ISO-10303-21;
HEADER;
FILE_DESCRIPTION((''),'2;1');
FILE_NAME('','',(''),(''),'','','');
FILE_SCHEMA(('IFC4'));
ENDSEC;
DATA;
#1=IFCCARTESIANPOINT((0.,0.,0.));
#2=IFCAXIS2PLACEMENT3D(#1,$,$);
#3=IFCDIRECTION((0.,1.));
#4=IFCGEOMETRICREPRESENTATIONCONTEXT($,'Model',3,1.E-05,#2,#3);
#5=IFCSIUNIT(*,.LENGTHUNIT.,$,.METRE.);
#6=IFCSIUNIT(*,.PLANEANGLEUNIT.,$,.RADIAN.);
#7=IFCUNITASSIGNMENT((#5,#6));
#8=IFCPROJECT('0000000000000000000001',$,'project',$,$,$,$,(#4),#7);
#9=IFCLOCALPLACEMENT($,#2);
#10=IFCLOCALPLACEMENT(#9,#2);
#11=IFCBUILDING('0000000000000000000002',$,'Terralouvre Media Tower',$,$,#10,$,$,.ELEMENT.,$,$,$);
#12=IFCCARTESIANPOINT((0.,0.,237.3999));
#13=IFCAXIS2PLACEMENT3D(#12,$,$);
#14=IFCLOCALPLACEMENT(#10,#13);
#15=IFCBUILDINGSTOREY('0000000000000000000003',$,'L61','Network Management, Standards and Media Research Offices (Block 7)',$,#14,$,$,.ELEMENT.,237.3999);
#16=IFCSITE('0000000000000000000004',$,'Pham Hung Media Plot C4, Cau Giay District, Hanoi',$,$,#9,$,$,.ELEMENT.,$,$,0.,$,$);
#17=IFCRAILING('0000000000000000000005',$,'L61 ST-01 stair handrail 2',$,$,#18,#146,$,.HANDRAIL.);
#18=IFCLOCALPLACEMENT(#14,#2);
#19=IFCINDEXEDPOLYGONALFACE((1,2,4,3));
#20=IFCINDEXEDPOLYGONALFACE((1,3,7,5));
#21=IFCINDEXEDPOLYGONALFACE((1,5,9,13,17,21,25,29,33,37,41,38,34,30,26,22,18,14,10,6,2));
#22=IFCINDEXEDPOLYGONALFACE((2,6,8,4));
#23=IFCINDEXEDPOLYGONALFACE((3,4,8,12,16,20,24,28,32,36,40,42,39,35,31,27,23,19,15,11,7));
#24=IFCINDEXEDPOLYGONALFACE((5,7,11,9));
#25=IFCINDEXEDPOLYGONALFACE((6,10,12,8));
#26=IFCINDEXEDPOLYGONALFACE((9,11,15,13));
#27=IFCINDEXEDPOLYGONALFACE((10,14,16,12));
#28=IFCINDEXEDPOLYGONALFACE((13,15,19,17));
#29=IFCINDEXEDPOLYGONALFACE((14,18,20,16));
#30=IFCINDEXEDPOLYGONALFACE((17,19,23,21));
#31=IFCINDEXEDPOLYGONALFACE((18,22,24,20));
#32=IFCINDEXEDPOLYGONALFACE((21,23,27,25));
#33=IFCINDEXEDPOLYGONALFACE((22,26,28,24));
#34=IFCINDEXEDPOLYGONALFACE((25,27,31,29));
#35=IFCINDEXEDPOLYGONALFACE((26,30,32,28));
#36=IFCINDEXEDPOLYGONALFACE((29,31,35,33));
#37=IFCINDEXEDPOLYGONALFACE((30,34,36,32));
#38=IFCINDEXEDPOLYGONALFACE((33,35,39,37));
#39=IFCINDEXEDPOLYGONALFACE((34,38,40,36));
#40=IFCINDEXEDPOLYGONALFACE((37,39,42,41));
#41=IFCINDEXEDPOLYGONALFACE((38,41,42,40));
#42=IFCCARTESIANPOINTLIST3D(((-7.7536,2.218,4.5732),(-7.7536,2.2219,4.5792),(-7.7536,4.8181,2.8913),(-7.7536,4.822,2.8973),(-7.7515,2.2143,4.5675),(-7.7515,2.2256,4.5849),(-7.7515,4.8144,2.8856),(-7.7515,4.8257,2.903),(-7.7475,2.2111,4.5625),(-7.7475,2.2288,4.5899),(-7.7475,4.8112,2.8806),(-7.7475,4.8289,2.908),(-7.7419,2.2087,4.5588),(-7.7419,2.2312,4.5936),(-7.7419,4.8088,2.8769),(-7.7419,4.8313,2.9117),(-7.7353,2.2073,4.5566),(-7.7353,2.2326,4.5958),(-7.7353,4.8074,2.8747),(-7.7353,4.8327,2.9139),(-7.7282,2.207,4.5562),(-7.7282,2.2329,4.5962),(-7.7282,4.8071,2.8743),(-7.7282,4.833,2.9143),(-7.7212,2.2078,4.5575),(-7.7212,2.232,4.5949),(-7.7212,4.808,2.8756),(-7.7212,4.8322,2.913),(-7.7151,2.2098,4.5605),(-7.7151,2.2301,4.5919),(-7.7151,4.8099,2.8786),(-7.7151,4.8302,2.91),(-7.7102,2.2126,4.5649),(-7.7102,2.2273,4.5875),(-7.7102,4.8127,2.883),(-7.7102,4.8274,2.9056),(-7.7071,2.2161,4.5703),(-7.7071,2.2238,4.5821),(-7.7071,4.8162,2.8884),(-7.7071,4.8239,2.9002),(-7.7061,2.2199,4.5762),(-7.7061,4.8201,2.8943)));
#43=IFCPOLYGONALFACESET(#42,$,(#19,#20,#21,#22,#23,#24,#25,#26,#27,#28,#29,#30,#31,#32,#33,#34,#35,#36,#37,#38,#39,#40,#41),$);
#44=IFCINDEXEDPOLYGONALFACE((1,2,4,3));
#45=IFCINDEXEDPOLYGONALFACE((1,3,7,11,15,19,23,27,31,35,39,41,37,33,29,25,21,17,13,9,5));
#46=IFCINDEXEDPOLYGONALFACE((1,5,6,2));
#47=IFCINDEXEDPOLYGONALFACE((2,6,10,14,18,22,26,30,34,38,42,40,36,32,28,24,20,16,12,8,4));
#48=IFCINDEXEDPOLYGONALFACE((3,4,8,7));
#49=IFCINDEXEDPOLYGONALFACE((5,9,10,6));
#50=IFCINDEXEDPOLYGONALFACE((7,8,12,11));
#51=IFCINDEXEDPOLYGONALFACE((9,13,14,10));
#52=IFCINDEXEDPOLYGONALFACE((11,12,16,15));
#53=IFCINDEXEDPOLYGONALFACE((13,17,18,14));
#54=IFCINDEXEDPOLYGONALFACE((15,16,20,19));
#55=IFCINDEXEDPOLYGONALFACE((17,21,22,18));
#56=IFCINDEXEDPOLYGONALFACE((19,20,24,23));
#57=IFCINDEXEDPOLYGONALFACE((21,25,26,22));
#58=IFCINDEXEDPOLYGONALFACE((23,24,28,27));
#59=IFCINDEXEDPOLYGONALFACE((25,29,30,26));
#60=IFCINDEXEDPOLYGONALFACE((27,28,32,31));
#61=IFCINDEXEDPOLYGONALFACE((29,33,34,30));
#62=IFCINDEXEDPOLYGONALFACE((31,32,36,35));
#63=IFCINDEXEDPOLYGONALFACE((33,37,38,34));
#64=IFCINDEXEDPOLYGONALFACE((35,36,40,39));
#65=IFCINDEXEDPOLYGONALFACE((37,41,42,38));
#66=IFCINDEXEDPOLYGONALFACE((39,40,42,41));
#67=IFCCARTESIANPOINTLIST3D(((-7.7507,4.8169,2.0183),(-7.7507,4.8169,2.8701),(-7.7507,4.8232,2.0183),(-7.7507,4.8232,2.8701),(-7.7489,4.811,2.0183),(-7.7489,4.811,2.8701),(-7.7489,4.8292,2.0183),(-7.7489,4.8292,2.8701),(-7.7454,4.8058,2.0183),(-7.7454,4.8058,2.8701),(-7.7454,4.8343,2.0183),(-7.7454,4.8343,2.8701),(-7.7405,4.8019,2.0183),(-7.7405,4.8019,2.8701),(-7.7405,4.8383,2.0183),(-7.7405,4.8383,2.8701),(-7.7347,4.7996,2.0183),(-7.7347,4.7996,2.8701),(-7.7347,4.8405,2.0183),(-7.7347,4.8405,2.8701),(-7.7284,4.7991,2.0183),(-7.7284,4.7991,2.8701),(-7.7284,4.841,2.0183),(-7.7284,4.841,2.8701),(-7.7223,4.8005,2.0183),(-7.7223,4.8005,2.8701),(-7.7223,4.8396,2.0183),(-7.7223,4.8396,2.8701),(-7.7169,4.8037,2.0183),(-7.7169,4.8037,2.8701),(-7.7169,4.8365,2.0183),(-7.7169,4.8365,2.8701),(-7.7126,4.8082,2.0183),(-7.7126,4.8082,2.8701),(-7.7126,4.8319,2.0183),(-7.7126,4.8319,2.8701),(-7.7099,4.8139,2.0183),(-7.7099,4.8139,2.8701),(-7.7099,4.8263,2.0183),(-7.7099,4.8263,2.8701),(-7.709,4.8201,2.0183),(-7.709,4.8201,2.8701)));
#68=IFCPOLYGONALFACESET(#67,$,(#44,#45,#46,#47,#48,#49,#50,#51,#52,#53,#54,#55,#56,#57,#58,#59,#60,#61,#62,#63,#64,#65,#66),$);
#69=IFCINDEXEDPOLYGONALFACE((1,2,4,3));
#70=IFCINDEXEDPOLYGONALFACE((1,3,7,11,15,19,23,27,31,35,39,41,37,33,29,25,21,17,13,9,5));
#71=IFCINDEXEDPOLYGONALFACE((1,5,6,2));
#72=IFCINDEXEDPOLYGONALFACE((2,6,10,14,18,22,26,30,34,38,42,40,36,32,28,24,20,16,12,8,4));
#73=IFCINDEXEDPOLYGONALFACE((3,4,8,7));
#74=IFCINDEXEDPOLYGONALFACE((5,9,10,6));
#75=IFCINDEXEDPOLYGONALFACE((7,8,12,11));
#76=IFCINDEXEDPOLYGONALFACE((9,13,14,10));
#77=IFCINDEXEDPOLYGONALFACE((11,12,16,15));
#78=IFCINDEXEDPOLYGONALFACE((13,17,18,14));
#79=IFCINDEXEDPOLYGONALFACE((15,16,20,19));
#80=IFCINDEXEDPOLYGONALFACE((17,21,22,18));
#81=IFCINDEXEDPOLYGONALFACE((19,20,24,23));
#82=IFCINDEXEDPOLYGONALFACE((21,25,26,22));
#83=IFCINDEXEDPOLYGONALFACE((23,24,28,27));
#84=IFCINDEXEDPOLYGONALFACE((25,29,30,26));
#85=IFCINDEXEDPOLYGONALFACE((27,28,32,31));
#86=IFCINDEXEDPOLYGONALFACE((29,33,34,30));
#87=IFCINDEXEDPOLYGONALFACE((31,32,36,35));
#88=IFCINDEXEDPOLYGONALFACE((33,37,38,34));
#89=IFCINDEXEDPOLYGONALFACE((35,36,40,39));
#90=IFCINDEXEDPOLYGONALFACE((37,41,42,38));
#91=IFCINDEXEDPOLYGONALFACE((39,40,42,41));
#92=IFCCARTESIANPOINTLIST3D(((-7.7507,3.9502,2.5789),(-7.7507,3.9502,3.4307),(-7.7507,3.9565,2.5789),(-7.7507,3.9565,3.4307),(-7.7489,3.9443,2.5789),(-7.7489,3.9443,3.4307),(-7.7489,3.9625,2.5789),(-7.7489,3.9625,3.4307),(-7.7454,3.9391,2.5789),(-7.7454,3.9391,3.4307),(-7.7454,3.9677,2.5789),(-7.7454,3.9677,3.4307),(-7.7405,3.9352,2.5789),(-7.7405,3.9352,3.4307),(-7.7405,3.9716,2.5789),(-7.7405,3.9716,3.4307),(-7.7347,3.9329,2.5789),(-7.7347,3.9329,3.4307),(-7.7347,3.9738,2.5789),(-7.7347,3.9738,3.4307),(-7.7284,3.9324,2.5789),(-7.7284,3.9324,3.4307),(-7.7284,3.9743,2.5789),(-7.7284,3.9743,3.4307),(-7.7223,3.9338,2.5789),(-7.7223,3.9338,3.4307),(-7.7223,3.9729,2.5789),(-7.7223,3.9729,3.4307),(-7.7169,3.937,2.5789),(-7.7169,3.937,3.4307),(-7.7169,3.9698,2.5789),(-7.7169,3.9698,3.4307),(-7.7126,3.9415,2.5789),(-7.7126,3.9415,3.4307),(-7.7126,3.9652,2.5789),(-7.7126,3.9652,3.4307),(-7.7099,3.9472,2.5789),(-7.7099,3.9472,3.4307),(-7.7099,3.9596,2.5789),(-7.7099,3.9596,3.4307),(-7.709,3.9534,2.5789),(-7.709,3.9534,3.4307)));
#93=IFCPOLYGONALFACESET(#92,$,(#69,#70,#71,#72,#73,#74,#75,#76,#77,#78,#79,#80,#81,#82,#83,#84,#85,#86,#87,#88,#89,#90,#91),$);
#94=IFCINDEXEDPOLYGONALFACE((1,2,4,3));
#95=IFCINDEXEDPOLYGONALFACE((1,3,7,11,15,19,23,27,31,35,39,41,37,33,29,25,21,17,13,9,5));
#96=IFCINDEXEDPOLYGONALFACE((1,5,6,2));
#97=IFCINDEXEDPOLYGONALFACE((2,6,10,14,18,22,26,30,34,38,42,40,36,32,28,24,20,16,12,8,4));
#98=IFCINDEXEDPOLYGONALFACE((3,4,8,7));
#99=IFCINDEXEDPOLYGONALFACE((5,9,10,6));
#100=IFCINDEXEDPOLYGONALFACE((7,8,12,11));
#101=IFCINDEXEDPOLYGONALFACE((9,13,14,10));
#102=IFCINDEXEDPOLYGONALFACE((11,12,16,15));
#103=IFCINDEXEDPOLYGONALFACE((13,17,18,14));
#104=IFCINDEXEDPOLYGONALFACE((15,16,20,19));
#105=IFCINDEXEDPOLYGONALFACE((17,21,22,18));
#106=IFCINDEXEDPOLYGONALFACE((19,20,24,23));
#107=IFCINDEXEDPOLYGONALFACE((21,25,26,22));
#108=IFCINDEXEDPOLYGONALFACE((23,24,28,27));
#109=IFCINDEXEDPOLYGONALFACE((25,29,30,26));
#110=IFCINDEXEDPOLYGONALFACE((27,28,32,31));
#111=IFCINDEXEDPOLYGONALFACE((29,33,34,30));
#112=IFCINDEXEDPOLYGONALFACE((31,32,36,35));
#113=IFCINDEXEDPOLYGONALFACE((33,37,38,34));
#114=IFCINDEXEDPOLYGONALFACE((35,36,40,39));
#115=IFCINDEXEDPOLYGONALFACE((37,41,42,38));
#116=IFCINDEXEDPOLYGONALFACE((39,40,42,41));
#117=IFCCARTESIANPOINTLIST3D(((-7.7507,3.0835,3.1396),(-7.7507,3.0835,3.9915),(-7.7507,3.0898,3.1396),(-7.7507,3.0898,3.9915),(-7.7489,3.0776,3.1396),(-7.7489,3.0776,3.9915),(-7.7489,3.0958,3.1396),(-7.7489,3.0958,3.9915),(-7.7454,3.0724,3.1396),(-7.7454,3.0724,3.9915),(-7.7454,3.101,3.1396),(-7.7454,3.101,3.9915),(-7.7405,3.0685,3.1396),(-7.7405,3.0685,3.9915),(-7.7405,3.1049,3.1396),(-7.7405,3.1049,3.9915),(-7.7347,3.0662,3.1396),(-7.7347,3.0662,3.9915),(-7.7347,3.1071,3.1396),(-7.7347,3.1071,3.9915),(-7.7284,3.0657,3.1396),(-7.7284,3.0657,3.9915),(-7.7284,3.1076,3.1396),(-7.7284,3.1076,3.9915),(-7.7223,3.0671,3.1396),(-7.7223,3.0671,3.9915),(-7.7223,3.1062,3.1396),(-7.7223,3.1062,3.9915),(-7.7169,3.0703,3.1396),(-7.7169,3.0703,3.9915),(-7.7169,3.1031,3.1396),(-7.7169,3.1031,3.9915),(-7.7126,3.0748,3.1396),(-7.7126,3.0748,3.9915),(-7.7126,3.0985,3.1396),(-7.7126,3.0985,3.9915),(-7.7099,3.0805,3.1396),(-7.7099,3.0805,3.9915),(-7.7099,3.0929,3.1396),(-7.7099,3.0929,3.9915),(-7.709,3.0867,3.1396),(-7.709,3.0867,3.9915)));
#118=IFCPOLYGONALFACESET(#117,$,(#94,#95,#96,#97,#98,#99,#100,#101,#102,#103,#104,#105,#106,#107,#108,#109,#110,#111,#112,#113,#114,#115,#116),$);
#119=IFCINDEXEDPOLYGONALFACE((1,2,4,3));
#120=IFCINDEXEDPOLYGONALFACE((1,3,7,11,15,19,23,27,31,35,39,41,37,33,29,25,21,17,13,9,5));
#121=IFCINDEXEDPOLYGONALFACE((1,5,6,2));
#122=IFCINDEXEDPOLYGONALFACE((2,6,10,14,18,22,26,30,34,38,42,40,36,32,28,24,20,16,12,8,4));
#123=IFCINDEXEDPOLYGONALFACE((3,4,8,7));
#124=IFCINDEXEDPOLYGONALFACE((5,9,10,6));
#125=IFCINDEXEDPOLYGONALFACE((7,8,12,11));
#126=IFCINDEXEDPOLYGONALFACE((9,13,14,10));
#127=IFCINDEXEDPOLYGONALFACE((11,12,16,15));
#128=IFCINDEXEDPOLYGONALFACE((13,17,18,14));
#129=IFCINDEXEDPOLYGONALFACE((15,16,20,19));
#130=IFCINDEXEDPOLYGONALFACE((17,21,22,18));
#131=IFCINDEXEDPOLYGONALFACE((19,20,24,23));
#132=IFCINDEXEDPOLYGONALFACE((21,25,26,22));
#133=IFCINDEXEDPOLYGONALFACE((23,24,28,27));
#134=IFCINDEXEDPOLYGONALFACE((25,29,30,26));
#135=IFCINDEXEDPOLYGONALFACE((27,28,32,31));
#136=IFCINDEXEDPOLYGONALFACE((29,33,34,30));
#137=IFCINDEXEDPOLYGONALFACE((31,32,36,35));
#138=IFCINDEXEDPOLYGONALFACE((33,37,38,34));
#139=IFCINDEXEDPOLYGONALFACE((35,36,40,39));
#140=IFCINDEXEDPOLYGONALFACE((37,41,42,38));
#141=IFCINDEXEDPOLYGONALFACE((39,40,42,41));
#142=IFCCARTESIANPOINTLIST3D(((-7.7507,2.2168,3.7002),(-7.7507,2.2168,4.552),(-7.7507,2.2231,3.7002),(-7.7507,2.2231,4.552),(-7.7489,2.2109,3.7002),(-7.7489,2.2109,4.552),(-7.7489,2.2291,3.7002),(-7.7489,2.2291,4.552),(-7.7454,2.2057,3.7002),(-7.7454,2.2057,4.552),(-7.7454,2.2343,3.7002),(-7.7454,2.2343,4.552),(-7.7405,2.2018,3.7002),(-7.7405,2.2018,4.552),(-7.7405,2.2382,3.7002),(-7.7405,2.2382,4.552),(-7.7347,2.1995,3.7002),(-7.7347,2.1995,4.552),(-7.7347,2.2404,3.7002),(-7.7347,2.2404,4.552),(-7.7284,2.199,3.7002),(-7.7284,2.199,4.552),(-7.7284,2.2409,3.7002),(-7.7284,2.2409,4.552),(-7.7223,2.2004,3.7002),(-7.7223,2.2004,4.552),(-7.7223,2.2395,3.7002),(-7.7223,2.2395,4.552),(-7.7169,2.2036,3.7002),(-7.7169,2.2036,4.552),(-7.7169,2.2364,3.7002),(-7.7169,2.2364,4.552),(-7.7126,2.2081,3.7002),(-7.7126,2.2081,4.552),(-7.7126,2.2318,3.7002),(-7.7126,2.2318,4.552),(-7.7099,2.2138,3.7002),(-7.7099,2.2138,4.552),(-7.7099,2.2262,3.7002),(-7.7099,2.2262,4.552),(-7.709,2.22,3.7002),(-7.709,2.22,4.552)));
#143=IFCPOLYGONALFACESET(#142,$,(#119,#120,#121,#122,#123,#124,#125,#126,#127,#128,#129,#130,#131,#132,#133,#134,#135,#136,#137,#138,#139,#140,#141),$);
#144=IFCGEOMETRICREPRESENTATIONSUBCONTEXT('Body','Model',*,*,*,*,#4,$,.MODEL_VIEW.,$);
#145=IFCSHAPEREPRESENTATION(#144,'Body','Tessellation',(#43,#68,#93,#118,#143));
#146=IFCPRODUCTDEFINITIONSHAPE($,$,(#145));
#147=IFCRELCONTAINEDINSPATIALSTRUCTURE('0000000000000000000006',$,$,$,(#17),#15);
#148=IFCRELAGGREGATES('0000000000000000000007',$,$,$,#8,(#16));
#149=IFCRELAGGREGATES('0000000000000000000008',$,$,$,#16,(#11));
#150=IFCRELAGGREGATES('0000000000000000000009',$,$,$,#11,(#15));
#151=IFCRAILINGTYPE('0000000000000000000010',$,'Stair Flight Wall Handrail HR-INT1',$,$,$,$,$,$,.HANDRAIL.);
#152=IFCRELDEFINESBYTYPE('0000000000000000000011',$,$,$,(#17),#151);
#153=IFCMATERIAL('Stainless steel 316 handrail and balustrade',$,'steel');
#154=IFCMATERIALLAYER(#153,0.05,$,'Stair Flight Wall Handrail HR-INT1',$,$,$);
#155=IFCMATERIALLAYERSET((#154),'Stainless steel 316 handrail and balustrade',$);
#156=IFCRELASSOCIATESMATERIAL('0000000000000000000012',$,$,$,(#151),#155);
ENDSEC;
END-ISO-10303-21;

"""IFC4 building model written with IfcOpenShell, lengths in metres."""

from ifc_helpers import new_model, si_unit, direction, frame, origin, origin_2d, place, context, subcontext, project, spatial, circle, extrude, material, layer, layer_set, type_object, element, save


model = new_model("IFC4")

# Units and contexts
model_context = context("Model", 3, precision=1e-05, world=origin(), true_north=direction((0.0, 1.0)))
body_context = subcontext(model_context, "Body", "Model", "MODEL_VIEW")
ifc_project = project(units=[si_unit("LENGTHUNIT", "METRE"), si_unit("PLANEANGLEUNIT", "RADIAN")], contexts=[model_context])

# Site, building, storey
site_placement = place(None, origin())
site = spatial("IfcSite", under=ifc_project, at=site_placement, Name="Pham Hung Media Plot C4, Cau Giay District, Hanoi", CompositionType="ELEMENT", RefElevation=0.0)
building_placement = place(site_placement, origin())
building = spatial("IfcBuilding", under=site, at=building_placement, Name="Terralouvre Media Tower", CompositionType="ELEMENT")
storey_placement = place(building_placement, frame((0.0, 0.0, 237.3999)))
storey = spatial("IfcBuildingStorey", under=building, at=storey_placement, Name="L61", Description="Network Management, Standards and Media Research Offices (Block 7)", CompositionType="ELEMENT", Elevation=237.3999)

# Railing
ifc_material_1 = material(Name="Stainless steel 316 handrail and balustrade", Category="steel")
ifc_layer_1 = layer(ifc_material_1, 0.05, Name="Stair Flight Wall Handrail HR-INT1")
ifc_layer_set_1 = layer_set([ifc_layer_1], Name="Stainless steel 316 handrail and balustrade")
railing_type_1 = type_object("IfcRailingType", Name="Stair Flight Wall Handrail HR-INT1", PredefinedType="HANDRAIL", material=ifc_layer_set_1)
railing_1_placement = place(storey_placement, frame((-7.73, 4.8201, 2.0183)))
element("IfcRailing", 1, at=railing_1_placement, inside=storey, type_object=railing_type_1, Name="L61 ST-01 stair handrail 2", PredefinedType="HANDRAIL", context=body_context, shape_type="SweptSolid", body=[
    extrude(circle(Radius=0.0239, at=origin_2d()), frame((0.0, 0.0, 0.876), z_axis=(0.0, -0.839648, 0.54313), x_axis=(1.0, 0.0, 0.0)), (0.0, 0.0, 1.0), 3.0967),
    extrude(circle(Radius=0.021, at=origin_2d()), origin(), (0.0, 0.0, 1.0), 0.8518),
    extrude(circle(Radius=0.021, at=origin_2d()), frame((0.0, -0.8667, 0.5605)), (0.0, 0.0, 1.0), 0.8518),
    extrude(circle(Radius=0.021, at=origin_2d()), frame((0.0, -1.7334, 1.1213)), (0.0, 0.0, 1.0), 0.8518),
    extrude(circle(Radius=0.021, at=origin_2d()), frame((0.0, -2.6001, 1.6819)), (0.0, 0.0, 1.0), 0.8518),
])

save(model, "model.ifc")
